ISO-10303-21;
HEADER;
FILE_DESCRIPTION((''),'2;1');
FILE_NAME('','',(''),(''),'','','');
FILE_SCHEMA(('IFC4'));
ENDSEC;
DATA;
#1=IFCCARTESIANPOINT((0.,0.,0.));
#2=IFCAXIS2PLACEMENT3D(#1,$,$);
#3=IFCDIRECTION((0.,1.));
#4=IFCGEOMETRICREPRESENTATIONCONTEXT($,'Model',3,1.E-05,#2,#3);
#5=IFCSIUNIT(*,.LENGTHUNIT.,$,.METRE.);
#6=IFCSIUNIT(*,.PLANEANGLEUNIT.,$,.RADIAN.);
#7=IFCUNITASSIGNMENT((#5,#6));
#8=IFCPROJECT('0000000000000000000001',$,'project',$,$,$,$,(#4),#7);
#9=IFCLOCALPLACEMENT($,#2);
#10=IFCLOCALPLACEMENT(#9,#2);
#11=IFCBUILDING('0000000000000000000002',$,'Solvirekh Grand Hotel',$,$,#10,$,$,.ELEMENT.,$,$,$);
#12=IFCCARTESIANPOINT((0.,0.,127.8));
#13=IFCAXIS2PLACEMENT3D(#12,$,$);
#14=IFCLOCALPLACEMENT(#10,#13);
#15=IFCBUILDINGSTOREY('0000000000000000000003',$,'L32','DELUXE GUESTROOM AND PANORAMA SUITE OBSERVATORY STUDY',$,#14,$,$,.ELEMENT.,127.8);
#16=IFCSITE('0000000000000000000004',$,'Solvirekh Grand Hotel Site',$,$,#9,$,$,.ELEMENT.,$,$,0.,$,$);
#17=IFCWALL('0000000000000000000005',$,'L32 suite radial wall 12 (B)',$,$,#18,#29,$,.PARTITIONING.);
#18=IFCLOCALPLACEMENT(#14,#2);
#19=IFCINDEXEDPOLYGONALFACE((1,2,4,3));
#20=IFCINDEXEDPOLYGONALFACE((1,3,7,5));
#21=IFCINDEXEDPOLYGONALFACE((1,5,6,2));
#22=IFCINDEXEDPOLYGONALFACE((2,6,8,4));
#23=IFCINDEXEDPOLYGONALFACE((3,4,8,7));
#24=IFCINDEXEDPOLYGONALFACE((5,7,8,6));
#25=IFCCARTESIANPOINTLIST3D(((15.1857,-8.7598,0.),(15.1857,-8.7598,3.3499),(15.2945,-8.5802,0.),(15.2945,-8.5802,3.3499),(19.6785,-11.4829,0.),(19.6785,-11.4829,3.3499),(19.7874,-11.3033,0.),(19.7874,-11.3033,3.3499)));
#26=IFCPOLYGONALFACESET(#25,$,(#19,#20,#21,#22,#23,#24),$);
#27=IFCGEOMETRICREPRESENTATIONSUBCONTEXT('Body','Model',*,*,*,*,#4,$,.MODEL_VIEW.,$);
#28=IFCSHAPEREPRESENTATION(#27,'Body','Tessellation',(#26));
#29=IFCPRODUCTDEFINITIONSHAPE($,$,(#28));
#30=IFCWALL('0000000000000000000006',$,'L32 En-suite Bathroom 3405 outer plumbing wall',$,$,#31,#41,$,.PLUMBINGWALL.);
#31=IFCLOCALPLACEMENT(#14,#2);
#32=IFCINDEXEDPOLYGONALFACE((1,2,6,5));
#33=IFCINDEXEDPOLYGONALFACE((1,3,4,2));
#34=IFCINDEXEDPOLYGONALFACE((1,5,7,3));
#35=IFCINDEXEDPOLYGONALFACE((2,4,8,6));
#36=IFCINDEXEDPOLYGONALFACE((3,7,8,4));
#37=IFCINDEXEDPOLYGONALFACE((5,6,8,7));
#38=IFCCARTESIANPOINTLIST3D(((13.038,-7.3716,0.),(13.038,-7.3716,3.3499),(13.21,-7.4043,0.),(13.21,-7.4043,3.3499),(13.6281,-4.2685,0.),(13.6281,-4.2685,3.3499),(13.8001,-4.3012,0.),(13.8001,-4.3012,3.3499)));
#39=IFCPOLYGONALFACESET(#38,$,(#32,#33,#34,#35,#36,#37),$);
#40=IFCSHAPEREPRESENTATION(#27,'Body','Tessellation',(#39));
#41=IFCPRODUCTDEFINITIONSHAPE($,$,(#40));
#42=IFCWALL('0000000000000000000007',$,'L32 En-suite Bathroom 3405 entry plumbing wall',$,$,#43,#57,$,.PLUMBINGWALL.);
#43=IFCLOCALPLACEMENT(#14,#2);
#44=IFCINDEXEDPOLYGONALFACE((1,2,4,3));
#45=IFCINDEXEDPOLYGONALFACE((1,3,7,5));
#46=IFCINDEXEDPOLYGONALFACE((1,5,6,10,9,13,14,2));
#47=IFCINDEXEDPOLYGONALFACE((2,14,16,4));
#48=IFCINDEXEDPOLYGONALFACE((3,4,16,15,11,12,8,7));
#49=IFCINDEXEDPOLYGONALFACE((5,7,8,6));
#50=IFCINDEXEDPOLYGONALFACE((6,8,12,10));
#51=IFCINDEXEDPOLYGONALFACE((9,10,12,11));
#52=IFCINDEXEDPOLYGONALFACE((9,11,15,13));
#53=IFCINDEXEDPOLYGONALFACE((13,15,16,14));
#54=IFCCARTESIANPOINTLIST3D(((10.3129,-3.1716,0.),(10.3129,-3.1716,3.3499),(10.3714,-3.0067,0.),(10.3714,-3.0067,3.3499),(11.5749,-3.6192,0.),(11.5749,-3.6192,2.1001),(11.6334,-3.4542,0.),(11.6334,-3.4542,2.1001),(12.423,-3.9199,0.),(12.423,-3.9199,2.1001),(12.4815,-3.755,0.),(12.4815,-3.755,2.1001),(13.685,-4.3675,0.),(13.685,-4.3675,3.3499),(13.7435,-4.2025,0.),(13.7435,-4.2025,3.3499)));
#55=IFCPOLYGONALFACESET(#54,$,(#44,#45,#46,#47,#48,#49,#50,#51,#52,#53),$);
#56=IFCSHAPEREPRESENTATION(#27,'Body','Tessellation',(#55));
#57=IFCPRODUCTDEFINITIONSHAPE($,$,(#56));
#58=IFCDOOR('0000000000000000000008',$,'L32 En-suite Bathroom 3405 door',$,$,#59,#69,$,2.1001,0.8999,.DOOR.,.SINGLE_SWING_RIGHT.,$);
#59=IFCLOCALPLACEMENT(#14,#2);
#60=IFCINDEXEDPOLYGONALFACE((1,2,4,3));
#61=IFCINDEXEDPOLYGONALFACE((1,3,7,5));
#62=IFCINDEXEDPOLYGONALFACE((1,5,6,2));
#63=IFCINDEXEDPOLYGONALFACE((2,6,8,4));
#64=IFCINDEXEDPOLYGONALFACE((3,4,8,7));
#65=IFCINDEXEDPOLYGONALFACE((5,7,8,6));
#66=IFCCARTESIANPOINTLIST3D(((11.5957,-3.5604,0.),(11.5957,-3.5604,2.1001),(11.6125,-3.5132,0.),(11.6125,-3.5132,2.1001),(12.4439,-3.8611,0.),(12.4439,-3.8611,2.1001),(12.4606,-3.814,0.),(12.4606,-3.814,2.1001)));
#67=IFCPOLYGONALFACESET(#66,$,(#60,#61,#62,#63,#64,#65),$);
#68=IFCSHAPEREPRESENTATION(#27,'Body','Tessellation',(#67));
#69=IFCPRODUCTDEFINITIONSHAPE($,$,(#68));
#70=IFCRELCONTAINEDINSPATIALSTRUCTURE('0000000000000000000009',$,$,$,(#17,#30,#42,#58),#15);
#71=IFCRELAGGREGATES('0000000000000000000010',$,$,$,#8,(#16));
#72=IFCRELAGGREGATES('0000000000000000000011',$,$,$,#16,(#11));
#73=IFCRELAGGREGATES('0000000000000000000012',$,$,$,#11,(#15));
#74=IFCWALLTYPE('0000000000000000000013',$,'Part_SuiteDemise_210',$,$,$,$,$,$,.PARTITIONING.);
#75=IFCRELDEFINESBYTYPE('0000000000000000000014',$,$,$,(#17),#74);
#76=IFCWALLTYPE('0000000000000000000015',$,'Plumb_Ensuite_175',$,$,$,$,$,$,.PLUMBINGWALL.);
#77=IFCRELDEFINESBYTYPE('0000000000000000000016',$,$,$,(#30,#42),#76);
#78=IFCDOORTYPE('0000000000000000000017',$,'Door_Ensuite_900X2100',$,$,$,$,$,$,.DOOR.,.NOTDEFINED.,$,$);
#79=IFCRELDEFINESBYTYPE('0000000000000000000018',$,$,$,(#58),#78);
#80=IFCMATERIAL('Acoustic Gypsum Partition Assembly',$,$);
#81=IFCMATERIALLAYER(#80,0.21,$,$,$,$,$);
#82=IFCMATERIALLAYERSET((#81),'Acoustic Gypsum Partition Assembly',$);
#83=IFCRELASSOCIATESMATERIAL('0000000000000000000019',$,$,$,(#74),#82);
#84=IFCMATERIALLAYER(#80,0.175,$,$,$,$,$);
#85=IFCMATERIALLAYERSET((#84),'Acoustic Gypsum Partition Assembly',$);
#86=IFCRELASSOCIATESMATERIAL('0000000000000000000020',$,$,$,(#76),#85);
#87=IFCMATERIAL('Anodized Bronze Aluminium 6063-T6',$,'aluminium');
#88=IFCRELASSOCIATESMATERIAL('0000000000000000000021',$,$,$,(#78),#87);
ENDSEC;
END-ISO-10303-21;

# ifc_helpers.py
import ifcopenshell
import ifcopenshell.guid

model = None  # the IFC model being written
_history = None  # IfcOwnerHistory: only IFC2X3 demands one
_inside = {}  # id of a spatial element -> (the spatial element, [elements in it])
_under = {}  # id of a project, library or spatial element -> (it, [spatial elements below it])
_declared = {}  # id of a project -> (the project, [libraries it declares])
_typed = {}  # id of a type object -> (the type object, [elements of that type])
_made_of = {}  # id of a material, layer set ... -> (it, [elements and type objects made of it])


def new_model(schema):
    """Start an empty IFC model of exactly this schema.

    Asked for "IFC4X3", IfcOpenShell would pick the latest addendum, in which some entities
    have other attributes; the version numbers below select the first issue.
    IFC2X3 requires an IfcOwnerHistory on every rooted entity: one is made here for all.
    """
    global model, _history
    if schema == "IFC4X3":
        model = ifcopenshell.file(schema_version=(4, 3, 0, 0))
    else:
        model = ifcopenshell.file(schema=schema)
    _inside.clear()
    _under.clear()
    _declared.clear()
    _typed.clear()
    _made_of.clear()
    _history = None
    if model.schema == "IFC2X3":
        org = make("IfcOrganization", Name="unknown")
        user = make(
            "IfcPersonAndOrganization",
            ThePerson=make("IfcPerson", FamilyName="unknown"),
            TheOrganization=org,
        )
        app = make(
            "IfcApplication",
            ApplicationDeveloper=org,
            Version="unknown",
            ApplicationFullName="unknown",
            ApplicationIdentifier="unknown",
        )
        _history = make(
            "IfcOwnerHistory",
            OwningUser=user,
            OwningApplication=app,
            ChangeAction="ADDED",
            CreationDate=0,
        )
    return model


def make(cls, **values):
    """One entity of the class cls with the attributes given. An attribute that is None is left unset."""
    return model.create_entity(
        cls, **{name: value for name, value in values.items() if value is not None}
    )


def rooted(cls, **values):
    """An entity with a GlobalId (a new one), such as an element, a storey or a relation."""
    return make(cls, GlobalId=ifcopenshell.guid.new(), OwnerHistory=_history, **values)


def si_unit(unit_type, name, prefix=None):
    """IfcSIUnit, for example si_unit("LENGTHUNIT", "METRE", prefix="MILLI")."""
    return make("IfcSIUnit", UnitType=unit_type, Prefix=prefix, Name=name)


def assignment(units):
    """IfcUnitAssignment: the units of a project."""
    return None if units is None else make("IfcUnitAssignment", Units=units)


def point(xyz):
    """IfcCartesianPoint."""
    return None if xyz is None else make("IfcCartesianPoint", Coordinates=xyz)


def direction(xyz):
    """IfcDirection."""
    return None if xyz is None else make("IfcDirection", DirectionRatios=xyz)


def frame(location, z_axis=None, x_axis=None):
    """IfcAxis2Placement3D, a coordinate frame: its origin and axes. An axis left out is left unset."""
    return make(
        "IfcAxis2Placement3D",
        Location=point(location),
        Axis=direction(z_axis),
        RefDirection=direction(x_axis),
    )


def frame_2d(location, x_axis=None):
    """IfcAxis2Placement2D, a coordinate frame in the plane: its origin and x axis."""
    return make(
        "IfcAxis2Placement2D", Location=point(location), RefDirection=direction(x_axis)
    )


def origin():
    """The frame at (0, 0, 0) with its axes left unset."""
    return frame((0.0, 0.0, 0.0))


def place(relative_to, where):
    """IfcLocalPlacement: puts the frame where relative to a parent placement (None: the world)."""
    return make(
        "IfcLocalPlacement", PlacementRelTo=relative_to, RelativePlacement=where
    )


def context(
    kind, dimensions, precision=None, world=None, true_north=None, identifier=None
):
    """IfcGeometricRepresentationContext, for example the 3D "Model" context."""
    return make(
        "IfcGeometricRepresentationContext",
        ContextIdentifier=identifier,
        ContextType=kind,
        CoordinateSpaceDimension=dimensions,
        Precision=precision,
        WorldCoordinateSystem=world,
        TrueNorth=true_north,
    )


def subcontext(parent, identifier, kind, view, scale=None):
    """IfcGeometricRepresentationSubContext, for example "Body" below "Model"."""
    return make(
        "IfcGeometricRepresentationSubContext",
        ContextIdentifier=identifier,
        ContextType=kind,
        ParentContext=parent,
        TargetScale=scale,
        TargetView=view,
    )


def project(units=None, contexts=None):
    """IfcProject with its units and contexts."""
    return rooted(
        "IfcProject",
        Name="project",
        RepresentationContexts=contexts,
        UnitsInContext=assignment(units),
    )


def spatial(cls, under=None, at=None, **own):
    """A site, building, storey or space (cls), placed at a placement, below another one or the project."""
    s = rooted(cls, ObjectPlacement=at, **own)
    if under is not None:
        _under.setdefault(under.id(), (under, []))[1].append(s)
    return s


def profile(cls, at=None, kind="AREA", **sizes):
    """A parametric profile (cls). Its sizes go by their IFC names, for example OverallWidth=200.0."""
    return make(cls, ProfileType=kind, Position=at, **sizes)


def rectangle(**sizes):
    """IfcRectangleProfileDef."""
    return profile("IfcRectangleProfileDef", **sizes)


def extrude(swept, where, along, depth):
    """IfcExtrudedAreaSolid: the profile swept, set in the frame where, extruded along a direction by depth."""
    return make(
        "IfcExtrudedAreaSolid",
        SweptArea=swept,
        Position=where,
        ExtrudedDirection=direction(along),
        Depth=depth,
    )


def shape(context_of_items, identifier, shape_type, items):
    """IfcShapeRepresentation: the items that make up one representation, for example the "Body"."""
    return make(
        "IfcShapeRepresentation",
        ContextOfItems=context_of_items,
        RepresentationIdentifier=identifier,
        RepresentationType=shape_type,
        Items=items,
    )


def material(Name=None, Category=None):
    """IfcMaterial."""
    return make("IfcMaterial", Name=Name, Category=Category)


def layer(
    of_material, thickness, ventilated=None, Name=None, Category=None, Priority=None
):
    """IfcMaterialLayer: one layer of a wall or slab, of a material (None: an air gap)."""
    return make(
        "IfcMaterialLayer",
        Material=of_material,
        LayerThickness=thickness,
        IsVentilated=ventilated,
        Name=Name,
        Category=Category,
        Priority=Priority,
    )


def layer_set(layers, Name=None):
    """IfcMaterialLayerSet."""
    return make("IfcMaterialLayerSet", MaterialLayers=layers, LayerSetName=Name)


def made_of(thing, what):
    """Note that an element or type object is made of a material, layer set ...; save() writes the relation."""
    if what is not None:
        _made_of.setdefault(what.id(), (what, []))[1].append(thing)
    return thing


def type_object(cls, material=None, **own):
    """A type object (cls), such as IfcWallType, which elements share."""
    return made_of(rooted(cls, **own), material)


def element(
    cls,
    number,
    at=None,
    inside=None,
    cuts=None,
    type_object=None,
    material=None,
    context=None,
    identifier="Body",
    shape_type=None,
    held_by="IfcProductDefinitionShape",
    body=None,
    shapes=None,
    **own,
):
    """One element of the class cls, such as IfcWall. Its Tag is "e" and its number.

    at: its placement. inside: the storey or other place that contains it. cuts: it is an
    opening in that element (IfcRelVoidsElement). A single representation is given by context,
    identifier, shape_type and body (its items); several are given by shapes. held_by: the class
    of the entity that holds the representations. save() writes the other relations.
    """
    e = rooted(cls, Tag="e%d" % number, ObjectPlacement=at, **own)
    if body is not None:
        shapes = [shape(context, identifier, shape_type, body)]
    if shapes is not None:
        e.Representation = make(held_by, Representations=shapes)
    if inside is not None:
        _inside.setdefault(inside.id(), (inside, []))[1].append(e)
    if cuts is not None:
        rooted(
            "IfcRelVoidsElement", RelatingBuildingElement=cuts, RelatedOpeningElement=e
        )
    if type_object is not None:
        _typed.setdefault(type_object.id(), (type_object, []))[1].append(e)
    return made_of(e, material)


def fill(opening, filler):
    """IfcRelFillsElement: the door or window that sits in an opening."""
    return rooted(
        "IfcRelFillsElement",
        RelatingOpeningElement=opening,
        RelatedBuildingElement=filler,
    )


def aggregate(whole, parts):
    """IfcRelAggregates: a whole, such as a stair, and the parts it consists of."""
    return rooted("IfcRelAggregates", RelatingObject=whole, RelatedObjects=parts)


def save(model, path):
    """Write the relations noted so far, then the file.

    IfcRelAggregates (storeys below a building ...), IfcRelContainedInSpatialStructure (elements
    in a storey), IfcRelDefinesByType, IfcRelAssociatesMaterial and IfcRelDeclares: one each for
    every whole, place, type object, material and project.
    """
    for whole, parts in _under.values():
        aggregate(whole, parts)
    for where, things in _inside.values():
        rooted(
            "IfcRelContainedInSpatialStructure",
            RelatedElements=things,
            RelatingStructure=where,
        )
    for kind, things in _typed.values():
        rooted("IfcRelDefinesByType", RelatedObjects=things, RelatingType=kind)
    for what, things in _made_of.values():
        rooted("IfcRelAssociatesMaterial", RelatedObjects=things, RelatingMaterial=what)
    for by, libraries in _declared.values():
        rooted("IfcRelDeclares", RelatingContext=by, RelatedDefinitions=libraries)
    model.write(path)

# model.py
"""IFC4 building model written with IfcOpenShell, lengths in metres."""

from ifc_helpers import new_model, si_unit, direction, frame, frame_2d, origin, place, context, subcontext, project, spatial, rectangle, extrude, material, layer, layer_set, type_object, element, fill, save


model = new_model("IFC4")

# Units and contexts
model_context = context("Model", 3, precision=1e-05, world=origin(), true_north=direction((0.0, 1.0)))
body_context = subcontext(model_context, "Body", "Model", "MODEL_VIEW")
ifc_project = project(units=[si_unit("LENGTHUNIT", "METRE"), si_unit("PLANEANGLEUNIT", "RADIAN")], contexts=[model_context])

# Site, building, storey
site_placement = place(None, origin())
site = spatial("IfcSite", under=ifc_project, at=site_placement, Name="Solvirekh Grand Hotel Site", CompositionType="ELEMENT", RefElevation=0.0)
building_placement = place(site_placement, origin())
building = spatial("IfcBuilding", under=site, at=building_placement, Name="Solvirekh Grand Hotel", CompositionType="ELEMENT")
storey_placement = place(building_placement, frame((0.0, 0.0, 127.8)))
storey = spatial("IfcBuildingStorey", under=building, at=storey_placement, Name="L32", Description="DELUXE GUESTROOM AND PANORAMA SUITE OBSERVATORY STUDY", CompositionType="ELEMENT", Elevation=127.8)

# Shared definitions
ifc_material_1 = material(Name="Anodized Bronze Aluminium 6063-T6", Category="aluminium")

# Shared definitions
ifc_material_2 = material(Name="Acoustic Gypsum Partition Assembly")

# Walls
ifc_layer_1 = layer(ifc_material_2, 0.21)
ifc_layer_set_1 = layer_set([ifc_layer_1], Name="Acoustic Gypsum Partition Assembly")
wall_type_1 = type_object("IfcWallType", Name="Part_SuiteDemise_210", PredefinedType="PARTITIONING", material=ifc_layer_set_1)
wall_1_placement = place(storey_placement, frame((15.24, -8.6699, 0.0), z_axis=(0.0, 0.0, 1.0), x_axis=(0.855184, -0.518324, 0.0)))
element("IfcWall", 1, at=wall_1_placement, inside=storey, type_object=wall_type_1, Name="L32 suite radial wall 12 (B)", PredefinedType="PARTITIONING", context=body_context, shape_type="SweptSolid", body=[
    extrude(rectangle(XDim=5.2537, YDim=0.21, at=frame_2d((2.627, 0.0))), origin(), (0.0, 0.0, 1.0), 3.3499),
])
ifc_layer_2 = layer(ifc_material_2, 0.175)
ifc_layer_set_2 = layer_set([ifc_layer_2], Name="Acoustic Gypsum Partition Assembly")
wall_type_2 = type_object("IfcWallType", Name="Plumb_Ensuite_175", PredefinedType="PLUMBINGWALL", material=ifc_layer_set_2)
wall_2_placement = place(storey_placement, frame((13.124, -7.3879, 0.0), z_axis=(0.0, 0.0, 1.0), x_axis=(0.186817, 0.982395, 0.0)))
element("IfcWall", 2, at=wall_2_placement, inside=storey, type_object=wall_type_2, Name="L32 En-suite Bathroom 3405 outer plumbing wall", PredefinedType="PLUMBINGWALL", context=body_context, shape_type="SweptSolid", body=[
    extrude(rectangle(XDim=3.1587, YDim=0.175, at=frame_2d((1.5793, 0.0))), origin(), (0.0, 0.0, 1.0), 3.3499),
])

# Wall, opening, door
wall_3_placement = place(storey_placement, frame((10.342, -3.0891, 0.0), z_axis=(0.0, 0.0, 1.0), x_axis=(0.942493, -0.334226, 0.0)))
wall_3 = element("IfcWall", 3, at=wall_3_placement, inside=storey, type_object=wall_type_2, Name="L32 En-suite Bathroom 3405 entry plumbing wall", PredefinedType="PLUMBINGWALL", context=body_context, shape_type="SweptSolid", body=[
    extrude(rectangle(XDim=3.5779, YDim=0.175, at=frame_2d((1.7891, 0.0))), origin(), (0.0, 0.0, 1.0), 3.3499),
])
opening_1_placement = place(wall_3_placement, frame((1.3391, 0.0, 0.0)))
opening_1 = element("IfcOpeningElement", 4, at=opening_1_placement, cuts=wall_3, PredefinedType="OPENING", context=body_context, shape_type="SweptSolid", body=[
    extrude(rectangle(XDim=0.8999, YDim=2.1001, at=frame_2d((0.45, 1.05))), frame((0.0, 0.0977, 0.0), z_axis=(0.0, -1.0, 0.0), x_axis=(1.0, 0.0, 0.0)), (0.0, 0.0, 1.0), 0.1951),
])
door_type_1 = type_object("IfcDoorType", Name="Door_Ensuite_900X2100", OperationType="NOTDEFINED", PredefinedType="DOOR", material=ifc_material_1)
door_1_placement = place(opening_1_placement, origin())
door_1 = element("IfcDoor", 5, at=door_1_placement, inside=storey, type_object=door_type_1, Name="L32 En-suite Bathroom 3405 door", OperationType="SINGLE_SWING_RIGHT", OverallHeight=2.1001, OverallWidth=0.8999, PredefinedType="DOOR", context=body_context, shape_type="SweptSolid", body=[
    extrude(rectangle(XDim=0.8999, YDim=2.1001, at=frame_2d((0.45, 1.05))), frame((0.0, 0.0249, 0.0), z_axis=(0.0, -1.0, 0.0), x_axis=(1.0, 0.0, 0.0)), (0.0, 0.0, 1.0), 0.05),
])
fill(opening_1, door_1)

save(model, "model.ifc")
